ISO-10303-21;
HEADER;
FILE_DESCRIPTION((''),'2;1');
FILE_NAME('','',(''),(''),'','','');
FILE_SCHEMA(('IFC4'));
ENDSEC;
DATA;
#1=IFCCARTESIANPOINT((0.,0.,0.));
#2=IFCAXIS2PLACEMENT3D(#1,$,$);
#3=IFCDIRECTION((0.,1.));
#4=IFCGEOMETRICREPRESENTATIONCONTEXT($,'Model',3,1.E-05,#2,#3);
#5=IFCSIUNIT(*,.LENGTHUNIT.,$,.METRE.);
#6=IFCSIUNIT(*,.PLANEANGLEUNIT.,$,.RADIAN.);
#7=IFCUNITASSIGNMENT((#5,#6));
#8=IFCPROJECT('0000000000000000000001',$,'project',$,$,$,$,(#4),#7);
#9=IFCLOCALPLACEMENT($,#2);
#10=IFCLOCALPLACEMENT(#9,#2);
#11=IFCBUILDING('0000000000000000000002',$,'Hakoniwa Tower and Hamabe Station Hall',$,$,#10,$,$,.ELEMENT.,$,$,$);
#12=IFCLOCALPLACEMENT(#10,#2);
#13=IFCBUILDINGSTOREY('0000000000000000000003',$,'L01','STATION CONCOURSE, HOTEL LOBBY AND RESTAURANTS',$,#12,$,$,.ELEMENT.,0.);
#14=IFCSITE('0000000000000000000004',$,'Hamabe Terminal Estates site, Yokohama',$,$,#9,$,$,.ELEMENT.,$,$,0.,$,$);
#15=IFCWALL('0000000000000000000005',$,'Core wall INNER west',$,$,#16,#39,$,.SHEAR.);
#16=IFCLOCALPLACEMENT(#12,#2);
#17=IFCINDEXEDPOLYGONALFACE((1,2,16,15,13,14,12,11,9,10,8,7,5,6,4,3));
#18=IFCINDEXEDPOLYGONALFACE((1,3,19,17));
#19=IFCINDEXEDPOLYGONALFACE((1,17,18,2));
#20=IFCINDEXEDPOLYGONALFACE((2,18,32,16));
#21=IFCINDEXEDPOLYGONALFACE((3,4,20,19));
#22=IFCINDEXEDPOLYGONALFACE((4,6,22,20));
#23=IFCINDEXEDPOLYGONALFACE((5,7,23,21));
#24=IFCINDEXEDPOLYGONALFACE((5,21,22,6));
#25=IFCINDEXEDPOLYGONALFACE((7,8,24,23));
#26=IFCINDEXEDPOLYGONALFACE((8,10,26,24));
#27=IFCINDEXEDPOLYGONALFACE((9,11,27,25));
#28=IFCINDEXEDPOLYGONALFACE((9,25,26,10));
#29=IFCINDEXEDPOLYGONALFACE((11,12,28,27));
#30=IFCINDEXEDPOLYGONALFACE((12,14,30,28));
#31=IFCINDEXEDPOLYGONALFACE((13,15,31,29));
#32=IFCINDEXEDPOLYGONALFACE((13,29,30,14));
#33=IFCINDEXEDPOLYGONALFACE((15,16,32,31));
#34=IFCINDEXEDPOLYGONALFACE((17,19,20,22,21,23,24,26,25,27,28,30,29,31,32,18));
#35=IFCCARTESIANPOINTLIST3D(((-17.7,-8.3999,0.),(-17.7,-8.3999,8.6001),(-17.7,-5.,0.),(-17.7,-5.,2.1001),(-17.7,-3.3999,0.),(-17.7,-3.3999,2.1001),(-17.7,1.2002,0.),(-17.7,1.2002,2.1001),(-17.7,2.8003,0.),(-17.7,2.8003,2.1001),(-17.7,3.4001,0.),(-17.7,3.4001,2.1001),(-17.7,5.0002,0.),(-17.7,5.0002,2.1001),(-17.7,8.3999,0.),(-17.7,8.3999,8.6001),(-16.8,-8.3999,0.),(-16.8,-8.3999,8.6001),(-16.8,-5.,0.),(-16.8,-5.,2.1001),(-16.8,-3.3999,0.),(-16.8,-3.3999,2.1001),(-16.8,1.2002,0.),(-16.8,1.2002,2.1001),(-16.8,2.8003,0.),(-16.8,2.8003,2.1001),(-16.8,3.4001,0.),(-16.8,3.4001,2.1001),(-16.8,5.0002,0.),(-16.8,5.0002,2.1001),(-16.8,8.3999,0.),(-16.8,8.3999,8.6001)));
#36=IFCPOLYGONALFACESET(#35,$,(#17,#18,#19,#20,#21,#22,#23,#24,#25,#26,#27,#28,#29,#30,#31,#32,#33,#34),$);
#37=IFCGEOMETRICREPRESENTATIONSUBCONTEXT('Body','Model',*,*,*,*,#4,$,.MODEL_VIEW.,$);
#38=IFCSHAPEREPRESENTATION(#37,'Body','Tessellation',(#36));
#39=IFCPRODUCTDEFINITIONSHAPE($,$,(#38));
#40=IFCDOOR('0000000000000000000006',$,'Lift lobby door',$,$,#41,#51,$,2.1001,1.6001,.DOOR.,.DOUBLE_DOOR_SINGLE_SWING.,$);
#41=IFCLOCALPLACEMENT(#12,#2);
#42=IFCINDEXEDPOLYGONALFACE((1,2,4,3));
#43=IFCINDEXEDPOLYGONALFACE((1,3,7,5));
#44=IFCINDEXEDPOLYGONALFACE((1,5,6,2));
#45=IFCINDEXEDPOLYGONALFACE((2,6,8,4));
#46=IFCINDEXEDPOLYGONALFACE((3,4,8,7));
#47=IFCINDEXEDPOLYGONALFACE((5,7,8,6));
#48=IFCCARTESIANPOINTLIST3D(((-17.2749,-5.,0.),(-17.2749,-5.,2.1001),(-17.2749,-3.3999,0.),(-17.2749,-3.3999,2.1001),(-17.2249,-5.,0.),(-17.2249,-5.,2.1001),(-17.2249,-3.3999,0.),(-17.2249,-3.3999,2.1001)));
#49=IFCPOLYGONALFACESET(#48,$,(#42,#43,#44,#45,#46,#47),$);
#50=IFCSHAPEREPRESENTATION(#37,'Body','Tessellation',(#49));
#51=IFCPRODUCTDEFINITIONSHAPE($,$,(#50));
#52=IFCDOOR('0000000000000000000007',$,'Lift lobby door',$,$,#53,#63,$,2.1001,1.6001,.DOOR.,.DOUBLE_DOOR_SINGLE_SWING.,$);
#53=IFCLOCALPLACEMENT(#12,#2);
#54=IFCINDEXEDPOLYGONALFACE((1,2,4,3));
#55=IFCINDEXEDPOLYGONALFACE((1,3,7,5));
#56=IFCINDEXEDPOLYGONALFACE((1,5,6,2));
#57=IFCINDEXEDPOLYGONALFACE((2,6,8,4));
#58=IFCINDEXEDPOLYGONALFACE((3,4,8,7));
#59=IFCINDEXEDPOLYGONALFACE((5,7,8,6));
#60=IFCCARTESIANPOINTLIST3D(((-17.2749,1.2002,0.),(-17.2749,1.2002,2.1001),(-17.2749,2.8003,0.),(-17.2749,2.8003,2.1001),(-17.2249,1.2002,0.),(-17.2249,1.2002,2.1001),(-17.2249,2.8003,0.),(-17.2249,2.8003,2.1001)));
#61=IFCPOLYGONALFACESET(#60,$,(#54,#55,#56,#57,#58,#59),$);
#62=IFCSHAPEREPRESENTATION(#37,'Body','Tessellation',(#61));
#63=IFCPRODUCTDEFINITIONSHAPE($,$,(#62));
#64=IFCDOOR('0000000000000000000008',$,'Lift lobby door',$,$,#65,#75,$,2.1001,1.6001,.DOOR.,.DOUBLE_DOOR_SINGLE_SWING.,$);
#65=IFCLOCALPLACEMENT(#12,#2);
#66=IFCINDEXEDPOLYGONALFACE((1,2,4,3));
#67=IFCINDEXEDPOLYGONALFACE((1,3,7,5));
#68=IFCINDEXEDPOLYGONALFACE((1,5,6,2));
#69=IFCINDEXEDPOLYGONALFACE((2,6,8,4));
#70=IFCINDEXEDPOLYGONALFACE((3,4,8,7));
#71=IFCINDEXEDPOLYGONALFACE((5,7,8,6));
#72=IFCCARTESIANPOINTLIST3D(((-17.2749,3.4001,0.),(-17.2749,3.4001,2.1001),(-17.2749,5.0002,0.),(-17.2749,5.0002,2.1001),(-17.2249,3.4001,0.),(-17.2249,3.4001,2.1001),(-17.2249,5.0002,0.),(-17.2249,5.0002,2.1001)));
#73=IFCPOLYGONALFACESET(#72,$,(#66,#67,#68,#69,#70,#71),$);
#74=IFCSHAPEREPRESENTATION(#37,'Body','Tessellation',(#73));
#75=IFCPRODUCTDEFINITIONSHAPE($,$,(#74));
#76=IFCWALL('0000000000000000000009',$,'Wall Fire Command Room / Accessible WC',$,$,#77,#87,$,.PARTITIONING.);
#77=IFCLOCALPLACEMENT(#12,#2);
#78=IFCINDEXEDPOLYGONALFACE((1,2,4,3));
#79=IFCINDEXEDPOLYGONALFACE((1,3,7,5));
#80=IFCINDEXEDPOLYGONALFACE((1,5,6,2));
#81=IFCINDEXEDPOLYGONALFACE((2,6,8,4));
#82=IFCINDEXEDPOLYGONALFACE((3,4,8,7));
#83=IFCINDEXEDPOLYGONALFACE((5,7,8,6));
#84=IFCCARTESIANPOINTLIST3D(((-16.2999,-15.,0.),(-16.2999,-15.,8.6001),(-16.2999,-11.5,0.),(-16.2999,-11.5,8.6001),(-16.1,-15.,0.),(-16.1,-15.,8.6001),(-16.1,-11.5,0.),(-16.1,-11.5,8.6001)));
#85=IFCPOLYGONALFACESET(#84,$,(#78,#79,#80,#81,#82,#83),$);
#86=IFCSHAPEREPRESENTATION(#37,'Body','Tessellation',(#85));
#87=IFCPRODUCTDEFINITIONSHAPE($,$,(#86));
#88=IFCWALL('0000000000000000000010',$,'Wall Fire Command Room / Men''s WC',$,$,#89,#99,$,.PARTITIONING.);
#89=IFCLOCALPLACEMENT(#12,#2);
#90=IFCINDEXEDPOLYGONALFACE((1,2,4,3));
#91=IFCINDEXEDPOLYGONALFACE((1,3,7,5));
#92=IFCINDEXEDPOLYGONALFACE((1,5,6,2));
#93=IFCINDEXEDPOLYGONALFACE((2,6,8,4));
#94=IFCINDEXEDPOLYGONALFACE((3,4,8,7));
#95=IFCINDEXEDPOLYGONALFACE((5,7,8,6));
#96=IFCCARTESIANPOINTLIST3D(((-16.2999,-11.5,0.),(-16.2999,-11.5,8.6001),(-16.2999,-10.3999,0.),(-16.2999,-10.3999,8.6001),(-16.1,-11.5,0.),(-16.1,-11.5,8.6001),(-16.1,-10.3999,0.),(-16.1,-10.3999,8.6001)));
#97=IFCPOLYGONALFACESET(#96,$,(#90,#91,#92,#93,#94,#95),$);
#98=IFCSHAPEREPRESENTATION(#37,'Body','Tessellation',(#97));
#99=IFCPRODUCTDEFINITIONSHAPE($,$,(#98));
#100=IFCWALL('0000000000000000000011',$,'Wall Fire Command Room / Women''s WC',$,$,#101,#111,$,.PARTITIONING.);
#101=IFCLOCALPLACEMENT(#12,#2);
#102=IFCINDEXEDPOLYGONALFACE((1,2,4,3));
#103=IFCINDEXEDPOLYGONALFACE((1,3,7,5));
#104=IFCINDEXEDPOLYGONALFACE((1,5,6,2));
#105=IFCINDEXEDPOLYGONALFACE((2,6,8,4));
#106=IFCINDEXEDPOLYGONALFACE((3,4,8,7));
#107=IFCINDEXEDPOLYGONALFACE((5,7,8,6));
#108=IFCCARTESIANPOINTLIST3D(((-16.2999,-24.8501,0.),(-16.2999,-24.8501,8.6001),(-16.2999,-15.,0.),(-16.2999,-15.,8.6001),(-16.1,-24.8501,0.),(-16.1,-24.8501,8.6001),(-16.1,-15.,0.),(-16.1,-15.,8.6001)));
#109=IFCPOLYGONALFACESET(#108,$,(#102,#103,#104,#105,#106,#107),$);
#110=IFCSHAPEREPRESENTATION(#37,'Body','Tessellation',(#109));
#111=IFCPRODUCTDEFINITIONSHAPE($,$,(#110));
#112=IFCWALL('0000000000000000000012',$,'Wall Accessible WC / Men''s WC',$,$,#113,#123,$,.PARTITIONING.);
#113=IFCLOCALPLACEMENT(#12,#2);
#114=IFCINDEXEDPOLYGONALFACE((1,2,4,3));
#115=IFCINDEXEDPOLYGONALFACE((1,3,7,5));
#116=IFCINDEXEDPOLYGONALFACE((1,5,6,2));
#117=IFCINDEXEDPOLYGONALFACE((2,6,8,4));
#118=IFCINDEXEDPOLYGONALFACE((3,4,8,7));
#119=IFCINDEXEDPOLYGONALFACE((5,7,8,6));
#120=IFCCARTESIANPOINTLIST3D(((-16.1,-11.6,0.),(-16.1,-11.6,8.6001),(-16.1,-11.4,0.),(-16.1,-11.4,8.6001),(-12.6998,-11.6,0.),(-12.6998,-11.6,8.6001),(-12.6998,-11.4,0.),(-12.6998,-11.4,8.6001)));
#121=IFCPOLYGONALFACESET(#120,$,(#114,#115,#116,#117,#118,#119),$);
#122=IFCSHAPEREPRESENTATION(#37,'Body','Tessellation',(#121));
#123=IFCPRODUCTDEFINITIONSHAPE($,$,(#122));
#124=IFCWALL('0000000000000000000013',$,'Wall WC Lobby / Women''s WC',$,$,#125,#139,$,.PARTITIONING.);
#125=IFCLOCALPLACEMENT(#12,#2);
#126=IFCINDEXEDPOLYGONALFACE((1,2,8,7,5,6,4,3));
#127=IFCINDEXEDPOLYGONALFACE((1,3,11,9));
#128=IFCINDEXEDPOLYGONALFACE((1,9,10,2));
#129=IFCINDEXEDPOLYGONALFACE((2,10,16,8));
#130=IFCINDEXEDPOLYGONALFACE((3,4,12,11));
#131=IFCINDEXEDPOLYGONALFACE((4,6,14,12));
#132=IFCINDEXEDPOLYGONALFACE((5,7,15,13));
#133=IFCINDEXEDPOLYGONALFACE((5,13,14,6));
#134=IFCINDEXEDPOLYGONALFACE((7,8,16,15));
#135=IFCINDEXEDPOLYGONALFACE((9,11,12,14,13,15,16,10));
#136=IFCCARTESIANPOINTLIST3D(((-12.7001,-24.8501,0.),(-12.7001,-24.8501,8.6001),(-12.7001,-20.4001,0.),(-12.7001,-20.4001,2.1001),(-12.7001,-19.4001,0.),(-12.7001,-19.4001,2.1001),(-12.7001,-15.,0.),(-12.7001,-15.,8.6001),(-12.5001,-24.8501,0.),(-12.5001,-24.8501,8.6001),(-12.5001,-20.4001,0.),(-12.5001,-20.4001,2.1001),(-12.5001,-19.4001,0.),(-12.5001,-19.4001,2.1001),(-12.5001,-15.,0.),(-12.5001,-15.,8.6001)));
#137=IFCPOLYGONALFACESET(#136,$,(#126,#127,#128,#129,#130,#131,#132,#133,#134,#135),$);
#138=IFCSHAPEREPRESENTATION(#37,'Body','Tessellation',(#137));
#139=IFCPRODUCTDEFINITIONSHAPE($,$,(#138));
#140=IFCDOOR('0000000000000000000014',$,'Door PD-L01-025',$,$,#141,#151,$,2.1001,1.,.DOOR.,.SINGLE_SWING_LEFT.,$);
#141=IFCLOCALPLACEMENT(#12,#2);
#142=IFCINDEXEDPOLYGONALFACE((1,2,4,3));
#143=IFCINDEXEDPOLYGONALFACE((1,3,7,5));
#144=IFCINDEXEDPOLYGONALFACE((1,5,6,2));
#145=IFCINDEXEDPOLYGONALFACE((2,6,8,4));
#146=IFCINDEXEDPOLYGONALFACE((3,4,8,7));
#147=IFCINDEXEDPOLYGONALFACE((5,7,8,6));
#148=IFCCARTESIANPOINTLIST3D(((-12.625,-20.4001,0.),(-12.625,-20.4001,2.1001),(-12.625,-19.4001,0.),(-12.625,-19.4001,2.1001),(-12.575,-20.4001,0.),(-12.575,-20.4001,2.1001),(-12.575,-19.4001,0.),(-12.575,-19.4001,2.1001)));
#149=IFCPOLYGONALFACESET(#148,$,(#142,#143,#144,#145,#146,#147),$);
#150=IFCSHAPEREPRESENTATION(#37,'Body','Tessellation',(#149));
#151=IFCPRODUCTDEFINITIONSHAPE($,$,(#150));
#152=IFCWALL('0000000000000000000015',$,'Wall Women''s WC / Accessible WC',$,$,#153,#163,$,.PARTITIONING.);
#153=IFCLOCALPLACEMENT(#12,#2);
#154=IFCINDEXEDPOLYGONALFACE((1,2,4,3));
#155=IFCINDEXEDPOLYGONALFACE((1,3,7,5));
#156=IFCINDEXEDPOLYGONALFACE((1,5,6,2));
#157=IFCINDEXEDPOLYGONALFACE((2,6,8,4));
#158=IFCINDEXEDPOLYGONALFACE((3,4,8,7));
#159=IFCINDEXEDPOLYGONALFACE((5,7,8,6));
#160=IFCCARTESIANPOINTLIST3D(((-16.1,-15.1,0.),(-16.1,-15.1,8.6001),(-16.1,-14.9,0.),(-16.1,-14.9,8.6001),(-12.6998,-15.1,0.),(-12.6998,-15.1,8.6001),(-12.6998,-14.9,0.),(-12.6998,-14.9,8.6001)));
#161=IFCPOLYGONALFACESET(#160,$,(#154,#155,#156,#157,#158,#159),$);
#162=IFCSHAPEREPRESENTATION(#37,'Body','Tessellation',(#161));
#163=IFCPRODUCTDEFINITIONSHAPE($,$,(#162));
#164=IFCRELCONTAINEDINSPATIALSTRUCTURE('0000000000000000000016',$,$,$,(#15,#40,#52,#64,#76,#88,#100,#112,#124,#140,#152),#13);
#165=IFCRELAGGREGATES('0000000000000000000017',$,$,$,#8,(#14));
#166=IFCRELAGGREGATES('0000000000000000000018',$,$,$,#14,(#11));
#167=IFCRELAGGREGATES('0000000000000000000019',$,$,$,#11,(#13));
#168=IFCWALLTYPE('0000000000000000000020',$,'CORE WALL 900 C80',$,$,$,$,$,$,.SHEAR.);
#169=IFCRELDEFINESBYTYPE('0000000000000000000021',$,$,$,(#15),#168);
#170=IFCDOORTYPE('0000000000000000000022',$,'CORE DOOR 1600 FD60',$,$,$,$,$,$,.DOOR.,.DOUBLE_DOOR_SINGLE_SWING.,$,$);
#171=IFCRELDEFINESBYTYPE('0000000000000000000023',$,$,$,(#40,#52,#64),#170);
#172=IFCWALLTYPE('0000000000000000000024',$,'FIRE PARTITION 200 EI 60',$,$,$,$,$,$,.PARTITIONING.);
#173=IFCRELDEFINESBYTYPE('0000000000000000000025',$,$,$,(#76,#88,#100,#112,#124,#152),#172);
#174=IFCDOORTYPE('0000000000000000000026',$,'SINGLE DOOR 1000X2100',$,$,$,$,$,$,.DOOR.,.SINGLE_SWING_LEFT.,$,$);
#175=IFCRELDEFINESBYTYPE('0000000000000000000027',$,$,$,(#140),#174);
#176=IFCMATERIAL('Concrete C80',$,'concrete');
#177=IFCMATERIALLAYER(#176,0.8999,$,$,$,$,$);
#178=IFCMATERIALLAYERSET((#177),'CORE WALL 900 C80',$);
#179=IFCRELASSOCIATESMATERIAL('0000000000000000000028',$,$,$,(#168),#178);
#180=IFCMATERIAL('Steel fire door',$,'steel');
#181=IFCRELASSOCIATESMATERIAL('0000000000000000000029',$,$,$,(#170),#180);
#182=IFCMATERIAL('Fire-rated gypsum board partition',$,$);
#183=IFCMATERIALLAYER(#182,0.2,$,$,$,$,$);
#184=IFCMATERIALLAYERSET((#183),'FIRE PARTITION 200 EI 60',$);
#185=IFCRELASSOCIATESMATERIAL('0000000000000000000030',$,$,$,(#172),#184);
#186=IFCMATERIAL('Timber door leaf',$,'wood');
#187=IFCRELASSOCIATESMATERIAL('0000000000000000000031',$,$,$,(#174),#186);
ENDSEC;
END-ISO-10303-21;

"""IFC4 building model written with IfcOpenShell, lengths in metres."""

from ifc_helpers import new_model, si_unit, direction, frame, frame_2d, origin, place, context, subcontext, project, spatial, rectangle, extrude, material, layer, layer_set, type_object, element, fill, save


model = new_model("IFC4")

# Units and contexts
model_context = context("Model", 3, precision=1e-05, world=origin(), true_north=direction((0.0, 1.0)))
body_context = subcontext(model_context, "Body", "Model", "MODEL_VIEW")
ifc_project = project(units=[si_unit("LENGTHUNIT", "METRE"), si_unit("PLANEANGLEUNIT", "RADIAN")], contexts=[model_context])

# Site, building, storey
site_placement = place(None, origin())
site = spatial("IfcSite", under=ifc_project, at=site_placement, Name="Hamabe Terminal Estates site, Yokohama", CompositionType="ELEMENT", RefElevation=0.0)
building_placement = place(site_placement, origin())
building = spatial("IfcBuilding", under=site, at=building_placement, Name="Hakoniwa Tower and Hamabe Station Hall", CompositionType="ELEMENT")
storey_placement = place(building_placement, origin())
storey = spatial("IfcBuildingStorey", under=building, at=storey_placement, Name="L01", Description="STATION CONCOURSE, HOTEL LOBBY AND RESTAURANTS", CompositionType="ELEMENT", Elevation=0.0)

# Wall, openings, doors
ifc_material_1 = material(Name="Concrete C80", Category="concrete")
ifc_layer_1 = layer(ifc_material_1, 0.8999)
ifc_layer_set_1 = layer_set([ifc_layer_1], Name="CORE WALL 900 C80")
wall_type_1 = type_object("IfcWallType", Name="CORE WALL 900 C80", PredefinedType="SHEAR", material=ifc_layer_set_1)
wall_1_placement = place(storey_placement, frame((-17.25, -8.3999, 0.0), z_axis=(0.0, 0.0, 1.0), x_axis=(0.0, 1.0, 0.0)))
wall_1 = element("IfcWall", 1, at=wall_1_placement, inside=storey, type_object=wall_type_1, Name="Core wall INNER west", PredefinedType="SHEAR", context=body_context, shape_type="SweptSolid", body=[
    extrude(rectangle(XDim=16.7998, YDim=0.8999, at=frame_2d((8.3999, 0.0))), origin(), (0.0, 0.0, 1.0), 8.6001),
])
opening_1_placement = place(wall_1_placement, frame((3.3999, 0.0, 0.0)))
opening_1 = element("IfcOpeningElement", 2, at=opening_1_placement, cuts=wall_1, PredefinedType="OPENING", context=body_context, shape_type="SweptSolid", body=[
    extrude(rectangle(XDim=1.6001, YDim=2.1001, at=frame_2d((0.8, 1.05))), frame((0.0, 0.46, 0.0), z_axis=(0.0, -1.0, 0.0), x_axis=(1.0, 0.0, 0.0)), (0.0, 0.0, 1.0), 0.9199),
])
opening_2_placement = place(wall_1_placement, frame((9.6001, 0.0, 0.0)))
opening_2 = element("IfcOpeningElement", 3, at=opening_2_placement, cuts=wall_1, PredefinedType="OPENING", context=body_context, shape_type="SweptSolid", body=[
    extrude(rectangle(XDim=1.6001, YDim=2.1001, at=frame_2d((0.8, 1.05))), frame((0.0, 0.46, 0.0), z_axis=(0.0, -1.0, 0.0), x_axis=(1.0, 0.0, 0.0)), (0.0, 0.0, 1.0), 0.9199),
])
opening_3_placement = place(wall_1_placement, frame((11.8, 0.0, 0.0)))
opening_3 = element("IfcOpeningElement", 4, at=opening_3_placement, cuts=wall_1, PredefinedType="OPENING", context=body_context, shape_type="SweptSolid", body=[
    extrude(rectangle(XDim=1.6001, YDim=2.1001, at=frame_2d((0.8, 1.05))), frame((0.0, 0.46, 0.0), z_axis=(0.0, -1.0, 0.0), x_axis=(1.0, 0.0, 0.0)), (0.0, 0.0, 1.0), 0.9199),
])
ifc_material_2 = material(Name="Steel fire door", Category="steel")
door_type_1 = type_object("IfcDoorType", Name="CORE DOOR 1600 FD60", OperationType="DOUBLE_DOOR_SINGLE_SWING", PredefinedType="DOOR", material=ifc_material_2)
door_1_placement = place(opening_1_placement, origin())
door_1 = element("IfcDoor", 5, at=door_1_placement, inside=storey, type_object=door_type_1, Name="Lift lobby door", OperationType="DOUBLE_DOOR_SINGLE_SWING", OverallHeight=2.1001, OverallWidth=1.6001, PredefinedType="DOOR", context=body_context, shape_type="SweptSolid", body=[
    extrude(rectangle(XDim=1.6001, YDim=2.1001, at=frame_2d((0.8, 1.05))), frame((0.0, 0.0249, 0.0), z_axis=(0.0, -1.0, 0.0), x_axis=(1.0, 0.0, 0.0)), (0.0, 0.0, 1.0), 0.05),
])
fill(opening_1, door_1)
door_2_placement = place(opening_2_placement, origin())
door_2 = element("IfcDoor", 6, at=door_2_placement, inside=storey, type_object=door_type_1, Name="Lift lobby door", OperationType="DOUBLE_DOOR_SINGLE_SWING", OverallHeight=2.1001, OverallWidth=1.6001, PredefinedType="DOOR", context=body_context, shape_type="SweptSolid", body=[
    extrude(rectangle(XDim=1.6001, YDim=2.1001, at=frame_2d((0.8, 1.05))), frame((0.0, 0.0249, 0.0), z_axis=(0.0, -1.0, 0.0), x_axis=(1.0, 0.0, 0.0)), (0.0, 0.0, 1.0), 0.05),
])
fill(opening_2, door_2)
door_3_placement = place(opening_3_placement, origin())
door_3 = element("IfcDoor", 7, at=door_3_placement, inside=storey, type_object=door_type_1, Name="Lift lobby door", OperationType="DOUBLE_DOOR_SINGLE_SWING", OverallHeight=2.1001, OverallWidth=1.6001, PredefinedType="DOOR", context=body_context, shape_type="SweptSolid", body=[
    extrude(rectangle(XDim=1.6001, YDim=2.1001, at=frame_2d((0.8, 1.05))), frame((0.0, 0.0249, 0.0), z_axis=(0.0, -1.0, 0.0), x_axis=(1.0, 0.0, 0.0)), (0.0, 0.0, 1.0), 0.05),
])
fill(opening_3, door_3)

# Walls
ifc_material_3 = material(Name="Fire-rated gypsum board partition")
ifc_layer_2 = layer(ifc_material_3, 0.2)
ifc_layer_set_2 = layer_set([ifc_layer_2], Name="FIRE PARTITION 200 EI 60")
wall_type_2 = type_object("IfcWallType", Name="FIRE PARTITION 200 EI 60", PredefinedType="PARTITIONING", material=ifc_layer_set_2)
wall_2_placement = place(storey_placement, frame((-16.2, -11.5, 0.0), z_axis=(0.0, 0.0, 1.0), x_axis=(0.0, -1.0, 0.0)))
element("IfcWall", 8, at=wall_2_placement, inside=storey, type_object=wall_type_2, Name="Wall Fire Command Room / Accessible WC", PredefinedType="PARTITIONING", context=body_context, shape_type="SweptSolid", body=[
    extrude(rectangle(XDim=3.5, YDim=0.2, at=frame_2d((1.75, 0.0))), origin(), (0.0, 0.0, 1.0), 8.6001),
])
wall_3_placement = place(storey_placement, frame((-16.2, -10.3999, 0.0), z_axis=(0.0, 0.0, 1.0), x_axis=(0.0, -1.0, 0.0)))
element("IfcWall", 9, at=wall_3_placement, inside=storey, type_object=wall_type_2, Name="Wall Fire Command Room / Men's WC", PredefinedType="PARTITIONING", context=body_context, shape_type="SweptSolid", body=[
    extrude(rectangle(XDim=1.1001, YDim=0.2, at=frame_2d((0.55, 0.0))), origin(), (0.0, 0.0, 1.0), 8.6001),
])
wall_4_placement = place(storey_placement, frame((-16.2, -15.0, 0.0), z_axis=(0.0, 0.0, 1.0), x_axis=(0.0, -1.0, 0.0)))
element("IfcWall", 10, at=wall_4_placement, inside=storey, type_object=wall_type_2, Name="Wall Fire Command Room / Women's WC", PredefinedType="PARTITIONING", context=body_context, shape_type="SweptSolid", body=[
    extrude(rectangle(XDim=9.8501, YDim=0.2, at=frame_2d((4.925, 0.0))), origin(), (0.0, 0.0, 1.0), 8.6001),
])
wall_5_placement = place(storey_placement, frame((-16.1001, -11.5, 0.0), z_axis=(0.0, 0.0, 1.0), x_axis=(1.0, 0.0, 0.0)))
element("IfcWall", 11, at=wall_5_placement, inside=storey, type_object=wall_type_2, Name="Wall Accessible WC / Men's WC", PredefinedType="PARTITIONING", context=body_context, shape_type="SweptSolid", body=[
    extrude(rectangle(XDim=3.4001, YDim=0.2, at=frame_2d((1.7002, 0.0))), origin(), (0.0, 0.0, 1.0), 8.6001),
])

# Wall, opening, door
wall_6_placement = place(storey_placement, frame((-12.6001, -24.8501, 0.0), z_axis=(0.0, 0.0, 1.0), x_axis=(0.0, 1.0, 0.0)))
wall_6 = element("IfcWall", 12, at=wall_6_placement, inside=storey, type_object=wall_type_2, Name="Wall WC Lobby / Women's WC", PredefinedType="PARTITIONING", context=body_context, shape_type="SweptSolid", body=[
    extrude(rectangle(XDim=9.8501, YDim=0.2, at=frame_2d((4.925, 0.0))), origin(), (0.0, 0.0, 1.0), 8.6001),
])
opening_4_placement = place(wall_6_placement, frame((4.45, 0.0, 0.0)))
opening_4 = element("IfcOpeningElement", 13, at=opening_4_placement, cuts=wall_6, PredefinedType="OPENING", context=body_context, shape_type="SweptSolid", body=[
    extrude(rectangle(XDim=1.0, YDim=2.1001, at=frame_2d((0.5, 1.05))), frame((0.0, 0.1099, 0.0), z_axis=(0.0, -1.0, 0.0), x_axis=(1.0, 0.0, 0.0)), (0.0, 0.0, 1.0), 0.22),
])
ifc_material_4 = material(Name="Timber door leaf", Category="wood")
door_type_2 = type_object("IfcDoorType", Name="SINGLE DOOR 1000X2100", OperationType="SINGLE_SWING_LEFT", PredefinedType="DOOR", material=ifc_material_4)
door_4_placement = place(opening_4_placement, origin())
door_4 = element("IfcDoor", 14, at=door_4_placement, inside=storey, type_object=door_type_2, Name="Door PD-L01-025", OperationType="SINGLE_SWING_LEFT", OverallHeight=2.1001, OverallWidth=1.0, PredefinedType="DOOR", context=body_context, shape_type="SweptSolid", body=[
    extrude(rectangle(XDim=1.0, YDim=2.1001, at=frame_2d((0.5, 1.05))), frame((0.0, 0.0249, 0.0), z_axis=(0.0, -1.0, 0.0), x_axis=(1.0, 0.0, 0.0)), (0.0, 0.0, 1.0), 0.05),
])
fill(opening_4, door_4)

# Wall
wall_7_placement = place(storey_placement, frame((-16.1001, -15.0, 0.0), z_axis=(0.0, 0.0, 1.0), x_axis=(1.0, 0.0, 0.0)))
element("IfcWall", 15, at=wall_7_placement, inside=storey, type_object=wall_type_2, Name="Wall Women's WC / Accessible WC", PredefinedType="PARTITIONING", context=body_context, shape_type="SweptSolid", body=[
    extrude(rectangle(XDim=3.4001, YDim=0.2, at=frame_2d((1.7002, 0.0))), origin(), (0.0, 0.0, 1.0), 8.6001),
])

save(model, "model.ifc")
